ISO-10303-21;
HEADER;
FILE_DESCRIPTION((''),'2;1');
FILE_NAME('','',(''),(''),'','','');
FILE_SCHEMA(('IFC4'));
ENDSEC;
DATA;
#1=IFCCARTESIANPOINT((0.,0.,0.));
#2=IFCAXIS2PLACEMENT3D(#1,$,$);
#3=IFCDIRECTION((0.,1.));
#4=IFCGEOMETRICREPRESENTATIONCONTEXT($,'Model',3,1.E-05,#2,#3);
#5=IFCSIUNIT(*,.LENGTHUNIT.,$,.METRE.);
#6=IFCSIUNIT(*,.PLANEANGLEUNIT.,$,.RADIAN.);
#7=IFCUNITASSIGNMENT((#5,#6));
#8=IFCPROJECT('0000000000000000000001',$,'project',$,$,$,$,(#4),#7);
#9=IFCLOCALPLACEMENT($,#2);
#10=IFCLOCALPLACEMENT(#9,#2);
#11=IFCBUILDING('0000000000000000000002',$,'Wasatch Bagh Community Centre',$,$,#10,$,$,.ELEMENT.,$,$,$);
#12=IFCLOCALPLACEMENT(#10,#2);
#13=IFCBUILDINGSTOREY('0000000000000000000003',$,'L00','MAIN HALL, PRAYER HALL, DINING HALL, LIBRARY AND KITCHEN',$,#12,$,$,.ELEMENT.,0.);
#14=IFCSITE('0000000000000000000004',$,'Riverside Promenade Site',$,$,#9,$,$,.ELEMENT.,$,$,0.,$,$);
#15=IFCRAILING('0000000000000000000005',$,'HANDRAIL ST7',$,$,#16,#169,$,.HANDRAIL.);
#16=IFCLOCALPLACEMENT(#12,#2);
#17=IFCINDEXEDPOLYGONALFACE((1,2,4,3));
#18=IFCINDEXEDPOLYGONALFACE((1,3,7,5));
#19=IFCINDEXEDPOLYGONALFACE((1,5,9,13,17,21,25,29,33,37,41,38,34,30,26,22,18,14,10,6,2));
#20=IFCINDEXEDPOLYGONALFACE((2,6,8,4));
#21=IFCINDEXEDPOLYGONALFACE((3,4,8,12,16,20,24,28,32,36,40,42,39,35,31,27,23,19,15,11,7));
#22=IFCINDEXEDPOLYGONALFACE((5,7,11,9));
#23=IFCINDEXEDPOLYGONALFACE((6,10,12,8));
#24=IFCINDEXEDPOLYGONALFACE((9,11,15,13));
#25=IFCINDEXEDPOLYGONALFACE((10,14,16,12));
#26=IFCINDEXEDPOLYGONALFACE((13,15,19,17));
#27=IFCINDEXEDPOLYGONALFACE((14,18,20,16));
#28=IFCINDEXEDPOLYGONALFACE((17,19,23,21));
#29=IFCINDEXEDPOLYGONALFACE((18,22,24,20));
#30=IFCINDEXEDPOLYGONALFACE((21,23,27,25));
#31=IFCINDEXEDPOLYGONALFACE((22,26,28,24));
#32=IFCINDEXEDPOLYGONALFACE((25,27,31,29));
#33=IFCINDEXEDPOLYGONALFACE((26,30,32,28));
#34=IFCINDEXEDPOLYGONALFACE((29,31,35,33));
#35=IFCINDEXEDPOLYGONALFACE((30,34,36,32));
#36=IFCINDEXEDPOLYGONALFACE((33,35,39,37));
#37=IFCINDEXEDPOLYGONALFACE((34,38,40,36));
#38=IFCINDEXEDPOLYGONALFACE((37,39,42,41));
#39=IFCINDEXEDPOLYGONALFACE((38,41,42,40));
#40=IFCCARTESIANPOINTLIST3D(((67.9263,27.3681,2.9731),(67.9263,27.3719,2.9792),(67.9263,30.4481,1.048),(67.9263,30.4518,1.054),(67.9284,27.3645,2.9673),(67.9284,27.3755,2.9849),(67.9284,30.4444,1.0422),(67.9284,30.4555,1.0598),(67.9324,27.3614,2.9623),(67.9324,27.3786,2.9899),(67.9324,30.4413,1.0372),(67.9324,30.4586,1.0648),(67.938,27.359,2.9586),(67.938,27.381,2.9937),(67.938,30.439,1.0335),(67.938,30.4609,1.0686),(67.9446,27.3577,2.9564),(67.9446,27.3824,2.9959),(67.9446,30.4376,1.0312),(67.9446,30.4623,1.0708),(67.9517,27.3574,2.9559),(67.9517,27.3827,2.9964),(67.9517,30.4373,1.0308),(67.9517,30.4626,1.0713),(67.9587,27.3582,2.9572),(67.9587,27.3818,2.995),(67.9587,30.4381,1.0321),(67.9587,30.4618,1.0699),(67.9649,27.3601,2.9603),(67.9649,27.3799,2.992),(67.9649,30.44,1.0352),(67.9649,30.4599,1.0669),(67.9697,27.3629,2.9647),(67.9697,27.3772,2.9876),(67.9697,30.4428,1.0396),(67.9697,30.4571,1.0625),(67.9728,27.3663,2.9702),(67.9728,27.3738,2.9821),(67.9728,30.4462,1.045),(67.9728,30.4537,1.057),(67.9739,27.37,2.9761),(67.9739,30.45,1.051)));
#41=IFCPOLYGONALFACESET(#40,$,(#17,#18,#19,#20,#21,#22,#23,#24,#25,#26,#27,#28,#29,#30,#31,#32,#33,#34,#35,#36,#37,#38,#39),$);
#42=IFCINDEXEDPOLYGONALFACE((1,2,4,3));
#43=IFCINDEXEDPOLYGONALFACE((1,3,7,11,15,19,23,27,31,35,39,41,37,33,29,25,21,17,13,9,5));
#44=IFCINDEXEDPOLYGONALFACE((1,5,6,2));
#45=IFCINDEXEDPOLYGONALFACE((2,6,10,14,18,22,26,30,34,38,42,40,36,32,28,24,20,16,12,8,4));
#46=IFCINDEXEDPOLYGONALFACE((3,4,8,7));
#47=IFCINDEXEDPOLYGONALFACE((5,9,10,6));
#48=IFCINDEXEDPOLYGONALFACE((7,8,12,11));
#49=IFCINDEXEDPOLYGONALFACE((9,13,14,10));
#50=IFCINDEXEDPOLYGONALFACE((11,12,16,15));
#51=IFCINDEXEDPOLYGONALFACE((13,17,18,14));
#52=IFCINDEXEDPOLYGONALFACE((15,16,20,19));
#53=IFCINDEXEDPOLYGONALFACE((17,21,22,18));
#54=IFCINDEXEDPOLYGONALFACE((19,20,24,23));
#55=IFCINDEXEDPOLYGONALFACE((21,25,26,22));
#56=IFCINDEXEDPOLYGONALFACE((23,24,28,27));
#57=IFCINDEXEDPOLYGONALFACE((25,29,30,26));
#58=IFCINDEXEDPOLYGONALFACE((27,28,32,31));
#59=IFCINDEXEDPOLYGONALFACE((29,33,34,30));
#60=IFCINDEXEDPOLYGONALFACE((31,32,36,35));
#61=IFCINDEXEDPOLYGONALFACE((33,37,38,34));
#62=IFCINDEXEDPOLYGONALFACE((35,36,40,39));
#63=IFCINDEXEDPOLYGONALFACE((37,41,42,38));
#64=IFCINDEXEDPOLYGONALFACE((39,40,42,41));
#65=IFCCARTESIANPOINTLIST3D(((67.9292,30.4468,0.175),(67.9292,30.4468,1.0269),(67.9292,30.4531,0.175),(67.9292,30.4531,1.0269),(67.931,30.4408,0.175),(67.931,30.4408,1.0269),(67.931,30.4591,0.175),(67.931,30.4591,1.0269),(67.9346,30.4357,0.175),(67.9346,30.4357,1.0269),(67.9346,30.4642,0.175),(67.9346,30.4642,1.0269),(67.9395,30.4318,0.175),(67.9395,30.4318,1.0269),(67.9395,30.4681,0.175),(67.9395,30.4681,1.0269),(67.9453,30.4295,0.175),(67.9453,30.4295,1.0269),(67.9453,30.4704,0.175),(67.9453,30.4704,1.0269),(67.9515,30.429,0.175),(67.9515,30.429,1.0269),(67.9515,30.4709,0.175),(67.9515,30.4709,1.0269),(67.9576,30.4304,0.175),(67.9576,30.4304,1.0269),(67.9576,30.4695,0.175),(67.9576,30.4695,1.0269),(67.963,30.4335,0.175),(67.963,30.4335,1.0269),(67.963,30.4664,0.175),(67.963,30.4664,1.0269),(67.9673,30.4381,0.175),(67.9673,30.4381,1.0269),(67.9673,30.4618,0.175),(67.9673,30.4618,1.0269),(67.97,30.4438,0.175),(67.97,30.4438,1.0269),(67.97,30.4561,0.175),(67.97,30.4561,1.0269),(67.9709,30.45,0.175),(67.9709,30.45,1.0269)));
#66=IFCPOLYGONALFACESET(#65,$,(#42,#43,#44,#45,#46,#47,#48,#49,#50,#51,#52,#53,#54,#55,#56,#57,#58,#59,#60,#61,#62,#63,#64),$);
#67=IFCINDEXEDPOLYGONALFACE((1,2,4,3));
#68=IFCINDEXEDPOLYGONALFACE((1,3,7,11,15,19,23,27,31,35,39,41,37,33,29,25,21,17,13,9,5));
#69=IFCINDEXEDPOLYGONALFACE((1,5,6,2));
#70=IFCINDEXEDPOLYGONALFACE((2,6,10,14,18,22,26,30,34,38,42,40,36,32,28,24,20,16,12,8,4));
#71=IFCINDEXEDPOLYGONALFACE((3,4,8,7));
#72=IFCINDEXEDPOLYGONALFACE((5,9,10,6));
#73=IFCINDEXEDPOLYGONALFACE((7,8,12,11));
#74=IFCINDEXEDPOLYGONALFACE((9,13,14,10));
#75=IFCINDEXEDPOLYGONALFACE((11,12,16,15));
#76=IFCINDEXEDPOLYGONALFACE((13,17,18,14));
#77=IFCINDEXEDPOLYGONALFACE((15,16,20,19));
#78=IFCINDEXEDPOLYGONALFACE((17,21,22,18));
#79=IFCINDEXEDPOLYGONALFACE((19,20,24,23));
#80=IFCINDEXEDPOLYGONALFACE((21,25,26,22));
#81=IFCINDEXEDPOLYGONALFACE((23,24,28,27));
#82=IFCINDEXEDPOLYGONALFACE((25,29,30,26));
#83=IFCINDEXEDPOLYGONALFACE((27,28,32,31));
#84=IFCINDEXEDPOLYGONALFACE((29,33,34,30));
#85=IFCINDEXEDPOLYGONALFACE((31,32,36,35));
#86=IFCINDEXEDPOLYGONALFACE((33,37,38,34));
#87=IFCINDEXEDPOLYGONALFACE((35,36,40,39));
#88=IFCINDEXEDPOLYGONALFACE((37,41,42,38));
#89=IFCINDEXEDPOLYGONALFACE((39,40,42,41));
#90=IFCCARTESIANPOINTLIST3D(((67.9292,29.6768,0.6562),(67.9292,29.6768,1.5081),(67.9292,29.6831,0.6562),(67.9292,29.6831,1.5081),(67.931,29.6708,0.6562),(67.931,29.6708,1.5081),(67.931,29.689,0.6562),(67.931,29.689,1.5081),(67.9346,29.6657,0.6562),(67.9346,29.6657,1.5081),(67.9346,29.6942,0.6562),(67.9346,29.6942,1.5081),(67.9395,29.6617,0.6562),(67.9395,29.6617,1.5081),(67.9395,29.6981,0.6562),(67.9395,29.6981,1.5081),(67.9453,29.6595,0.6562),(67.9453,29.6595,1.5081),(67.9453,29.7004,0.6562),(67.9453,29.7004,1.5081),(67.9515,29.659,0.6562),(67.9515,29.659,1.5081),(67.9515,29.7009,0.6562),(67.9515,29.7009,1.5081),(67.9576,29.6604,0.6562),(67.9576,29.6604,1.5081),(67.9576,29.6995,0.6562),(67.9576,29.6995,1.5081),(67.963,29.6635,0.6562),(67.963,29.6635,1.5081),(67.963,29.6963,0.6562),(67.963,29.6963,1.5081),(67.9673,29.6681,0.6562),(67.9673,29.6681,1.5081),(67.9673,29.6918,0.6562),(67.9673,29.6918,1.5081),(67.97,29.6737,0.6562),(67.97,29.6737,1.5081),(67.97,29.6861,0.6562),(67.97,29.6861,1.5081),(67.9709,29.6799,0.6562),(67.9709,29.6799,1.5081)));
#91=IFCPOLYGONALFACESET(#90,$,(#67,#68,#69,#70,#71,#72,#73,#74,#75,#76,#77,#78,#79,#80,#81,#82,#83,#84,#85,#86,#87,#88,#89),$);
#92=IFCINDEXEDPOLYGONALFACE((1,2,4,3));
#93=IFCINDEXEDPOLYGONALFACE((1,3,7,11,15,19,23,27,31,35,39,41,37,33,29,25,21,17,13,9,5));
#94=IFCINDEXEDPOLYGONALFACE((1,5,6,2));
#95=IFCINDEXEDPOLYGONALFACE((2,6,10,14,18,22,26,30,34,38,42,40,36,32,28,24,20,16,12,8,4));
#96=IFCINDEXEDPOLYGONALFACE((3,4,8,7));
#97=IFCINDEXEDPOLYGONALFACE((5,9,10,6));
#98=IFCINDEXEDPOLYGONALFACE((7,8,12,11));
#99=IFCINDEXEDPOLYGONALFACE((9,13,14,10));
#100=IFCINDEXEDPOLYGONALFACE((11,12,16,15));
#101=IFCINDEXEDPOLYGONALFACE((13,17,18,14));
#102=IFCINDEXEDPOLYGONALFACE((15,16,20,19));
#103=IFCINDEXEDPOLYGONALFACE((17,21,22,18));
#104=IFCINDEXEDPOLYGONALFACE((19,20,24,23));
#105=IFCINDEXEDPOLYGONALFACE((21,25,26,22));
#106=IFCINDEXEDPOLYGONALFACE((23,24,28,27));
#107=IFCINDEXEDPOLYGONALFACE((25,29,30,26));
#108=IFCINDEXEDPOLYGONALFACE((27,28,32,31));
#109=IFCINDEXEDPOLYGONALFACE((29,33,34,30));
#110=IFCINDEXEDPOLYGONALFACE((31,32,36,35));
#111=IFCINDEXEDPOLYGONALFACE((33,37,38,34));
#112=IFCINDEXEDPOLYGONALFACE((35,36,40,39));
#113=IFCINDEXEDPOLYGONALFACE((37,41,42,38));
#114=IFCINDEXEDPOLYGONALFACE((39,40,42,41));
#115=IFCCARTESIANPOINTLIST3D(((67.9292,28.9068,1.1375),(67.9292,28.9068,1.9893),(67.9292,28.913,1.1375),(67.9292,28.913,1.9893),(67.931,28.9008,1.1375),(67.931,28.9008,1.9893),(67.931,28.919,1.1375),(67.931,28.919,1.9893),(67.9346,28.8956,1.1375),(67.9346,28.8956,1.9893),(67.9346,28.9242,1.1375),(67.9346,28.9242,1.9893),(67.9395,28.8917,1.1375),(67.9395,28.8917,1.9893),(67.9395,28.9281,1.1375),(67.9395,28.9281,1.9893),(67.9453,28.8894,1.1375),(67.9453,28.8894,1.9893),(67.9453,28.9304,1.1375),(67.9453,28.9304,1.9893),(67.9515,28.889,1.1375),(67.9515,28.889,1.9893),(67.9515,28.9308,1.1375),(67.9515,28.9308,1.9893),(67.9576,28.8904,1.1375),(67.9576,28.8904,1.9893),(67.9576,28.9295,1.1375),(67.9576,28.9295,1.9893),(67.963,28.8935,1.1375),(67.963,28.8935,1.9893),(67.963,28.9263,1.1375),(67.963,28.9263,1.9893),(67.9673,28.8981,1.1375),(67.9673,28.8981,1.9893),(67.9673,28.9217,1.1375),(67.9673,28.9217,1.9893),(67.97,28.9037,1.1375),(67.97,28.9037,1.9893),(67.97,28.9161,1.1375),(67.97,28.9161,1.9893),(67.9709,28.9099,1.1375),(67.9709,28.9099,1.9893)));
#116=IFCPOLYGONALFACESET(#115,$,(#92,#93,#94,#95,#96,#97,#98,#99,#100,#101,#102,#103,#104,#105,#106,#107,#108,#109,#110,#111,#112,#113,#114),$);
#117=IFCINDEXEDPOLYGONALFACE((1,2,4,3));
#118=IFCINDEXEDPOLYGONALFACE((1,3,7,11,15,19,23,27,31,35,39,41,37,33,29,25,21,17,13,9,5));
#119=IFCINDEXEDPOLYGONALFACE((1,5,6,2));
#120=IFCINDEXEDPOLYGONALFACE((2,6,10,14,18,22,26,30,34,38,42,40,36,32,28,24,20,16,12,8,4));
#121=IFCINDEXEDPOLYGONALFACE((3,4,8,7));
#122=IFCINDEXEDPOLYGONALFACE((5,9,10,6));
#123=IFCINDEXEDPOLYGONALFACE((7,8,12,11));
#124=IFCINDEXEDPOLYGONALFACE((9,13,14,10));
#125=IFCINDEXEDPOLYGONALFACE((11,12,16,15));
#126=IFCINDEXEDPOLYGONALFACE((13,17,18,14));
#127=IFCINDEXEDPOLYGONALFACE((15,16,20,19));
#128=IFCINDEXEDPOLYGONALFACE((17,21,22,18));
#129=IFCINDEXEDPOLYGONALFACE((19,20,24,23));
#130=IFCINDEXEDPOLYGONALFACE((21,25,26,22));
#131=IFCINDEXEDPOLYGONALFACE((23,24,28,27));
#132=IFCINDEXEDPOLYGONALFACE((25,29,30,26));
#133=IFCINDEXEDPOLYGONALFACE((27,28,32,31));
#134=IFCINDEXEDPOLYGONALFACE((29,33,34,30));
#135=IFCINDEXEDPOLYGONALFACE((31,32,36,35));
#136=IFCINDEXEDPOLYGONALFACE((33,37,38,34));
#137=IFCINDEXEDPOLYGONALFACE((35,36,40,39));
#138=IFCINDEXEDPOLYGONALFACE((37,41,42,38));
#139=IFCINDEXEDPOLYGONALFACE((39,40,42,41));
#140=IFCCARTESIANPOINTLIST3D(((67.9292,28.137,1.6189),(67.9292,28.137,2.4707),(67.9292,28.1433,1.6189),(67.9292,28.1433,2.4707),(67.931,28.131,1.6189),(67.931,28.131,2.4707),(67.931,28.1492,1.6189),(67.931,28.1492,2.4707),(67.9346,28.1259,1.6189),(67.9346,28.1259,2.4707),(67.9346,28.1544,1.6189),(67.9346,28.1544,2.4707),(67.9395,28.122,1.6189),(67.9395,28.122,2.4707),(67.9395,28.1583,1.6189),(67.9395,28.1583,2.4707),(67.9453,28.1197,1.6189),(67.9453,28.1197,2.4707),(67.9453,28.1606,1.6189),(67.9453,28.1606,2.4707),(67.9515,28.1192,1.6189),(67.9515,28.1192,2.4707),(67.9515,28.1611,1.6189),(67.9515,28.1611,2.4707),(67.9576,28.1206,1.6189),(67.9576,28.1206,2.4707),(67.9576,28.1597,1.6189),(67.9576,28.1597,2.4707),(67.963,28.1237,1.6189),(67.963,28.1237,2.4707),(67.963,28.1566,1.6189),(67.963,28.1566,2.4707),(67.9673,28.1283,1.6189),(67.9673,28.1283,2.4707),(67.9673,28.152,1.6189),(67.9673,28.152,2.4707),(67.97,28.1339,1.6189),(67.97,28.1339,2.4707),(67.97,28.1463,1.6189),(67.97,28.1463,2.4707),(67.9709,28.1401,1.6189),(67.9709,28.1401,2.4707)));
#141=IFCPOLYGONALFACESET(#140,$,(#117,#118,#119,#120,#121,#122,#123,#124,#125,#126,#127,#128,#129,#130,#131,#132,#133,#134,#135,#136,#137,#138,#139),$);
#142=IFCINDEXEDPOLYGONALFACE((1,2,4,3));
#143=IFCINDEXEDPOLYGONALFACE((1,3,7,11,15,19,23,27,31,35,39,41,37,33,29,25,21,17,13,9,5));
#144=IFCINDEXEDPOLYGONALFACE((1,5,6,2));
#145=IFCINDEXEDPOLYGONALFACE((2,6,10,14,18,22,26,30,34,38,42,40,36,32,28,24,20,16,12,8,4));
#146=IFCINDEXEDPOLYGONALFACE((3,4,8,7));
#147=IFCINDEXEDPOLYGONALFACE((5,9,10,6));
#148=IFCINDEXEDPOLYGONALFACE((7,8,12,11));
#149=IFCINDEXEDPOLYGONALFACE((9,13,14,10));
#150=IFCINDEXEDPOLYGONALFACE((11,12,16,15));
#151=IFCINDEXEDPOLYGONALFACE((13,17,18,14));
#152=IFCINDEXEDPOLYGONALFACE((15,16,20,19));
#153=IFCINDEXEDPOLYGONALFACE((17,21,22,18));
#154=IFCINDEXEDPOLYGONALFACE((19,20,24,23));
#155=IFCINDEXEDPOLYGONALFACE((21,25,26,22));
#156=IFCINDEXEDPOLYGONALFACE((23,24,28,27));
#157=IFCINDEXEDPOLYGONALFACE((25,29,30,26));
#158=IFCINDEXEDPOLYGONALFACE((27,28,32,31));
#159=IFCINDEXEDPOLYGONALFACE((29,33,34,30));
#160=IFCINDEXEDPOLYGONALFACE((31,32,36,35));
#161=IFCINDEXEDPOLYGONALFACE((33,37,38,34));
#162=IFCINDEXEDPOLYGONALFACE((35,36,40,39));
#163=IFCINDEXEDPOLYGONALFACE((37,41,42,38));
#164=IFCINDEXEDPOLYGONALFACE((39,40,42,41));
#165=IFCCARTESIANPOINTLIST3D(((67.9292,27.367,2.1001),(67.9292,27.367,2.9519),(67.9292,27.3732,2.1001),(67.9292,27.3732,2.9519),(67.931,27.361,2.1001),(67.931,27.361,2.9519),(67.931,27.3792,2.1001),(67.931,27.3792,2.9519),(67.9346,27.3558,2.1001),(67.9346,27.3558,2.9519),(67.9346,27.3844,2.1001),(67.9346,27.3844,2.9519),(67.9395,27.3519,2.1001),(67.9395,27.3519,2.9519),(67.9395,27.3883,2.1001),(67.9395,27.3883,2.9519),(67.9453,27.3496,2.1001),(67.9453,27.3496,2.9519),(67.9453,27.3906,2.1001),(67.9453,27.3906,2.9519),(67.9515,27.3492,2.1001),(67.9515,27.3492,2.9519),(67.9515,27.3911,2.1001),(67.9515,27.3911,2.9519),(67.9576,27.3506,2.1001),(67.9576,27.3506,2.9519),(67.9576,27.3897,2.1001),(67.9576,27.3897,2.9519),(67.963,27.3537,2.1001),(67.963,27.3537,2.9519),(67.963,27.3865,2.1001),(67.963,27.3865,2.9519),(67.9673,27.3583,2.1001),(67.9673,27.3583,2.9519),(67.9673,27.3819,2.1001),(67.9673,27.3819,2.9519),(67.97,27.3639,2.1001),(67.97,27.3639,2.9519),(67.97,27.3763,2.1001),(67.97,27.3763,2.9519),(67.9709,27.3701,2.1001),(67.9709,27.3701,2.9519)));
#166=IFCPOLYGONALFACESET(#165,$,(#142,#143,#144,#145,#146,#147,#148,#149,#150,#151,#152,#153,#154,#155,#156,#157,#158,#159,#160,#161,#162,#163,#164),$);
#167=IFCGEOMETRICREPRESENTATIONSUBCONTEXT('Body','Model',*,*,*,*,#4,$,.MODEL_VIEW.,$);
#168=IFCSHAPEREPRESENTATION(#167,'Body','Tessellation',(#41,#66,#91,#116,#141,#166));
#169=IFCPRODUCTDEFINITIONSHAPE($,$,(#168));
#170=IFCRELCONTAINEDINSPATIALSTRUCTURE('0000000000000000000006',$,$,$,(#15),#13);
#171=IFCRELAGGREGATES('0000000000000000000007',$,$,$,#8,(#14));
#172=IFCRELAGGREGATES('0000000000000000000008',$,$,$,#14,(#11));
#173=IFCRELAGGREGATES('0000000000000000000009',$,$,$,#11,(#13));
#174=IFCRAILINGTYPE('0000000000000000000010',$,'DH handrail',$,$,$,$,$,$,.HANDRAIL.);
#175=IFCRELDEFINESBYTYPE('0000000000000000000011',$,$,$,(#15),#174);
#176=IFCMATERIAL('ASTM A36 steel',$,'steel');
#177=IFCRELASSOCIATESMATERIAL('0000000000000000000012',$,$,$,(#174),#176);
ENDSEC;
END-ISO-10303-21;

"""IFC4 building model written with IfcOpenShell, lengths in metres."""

from ifc_helpers import new_model, si_unit, direction, frame, origin, origin_2d, place, context, subcontext, project, spatial, circle, extrude, material, type_object, element, save


model = new_model("IFC4")

# Units and contexts
model_context = context("Model", 3, precision=1e-05, world=origin(), true_north=direction((0.0, 1.0)))
body_context = subcontext(model_context, "Body", "Model", "MODEL_VIEW")
ifc_project = project(units=[si_unit("LENGTHUNIT", "METRE"), si_unit("PLANEANGLEUNIT", "RADIAN")], contexts=[model_context])

# Site, building, storey
site_placement = place(None, origin())
site = spatial("IfcSite", under=ifc_project, at=site_placement, Name="Riverside Promenade Site", CompositionType="ELEMENT", RefElevation=0.0)
building_placement = place(site_placement, origin())
building = spatial("IfcBuilding", under=site, at=building_placement, Name="Wasatch Bagh Community Centre", CompositionType="ELEMENT")
storey_placement = place(building_placement, origin())
storey = spatial("IfcBuildingStorey", under=building, at=storey_placement, Name="L00", Description="MAIN HALL, PRAYER HALL, DINING HALL, LIBRARY AND KITCHEN", CompositionType="ELEMENT", Elevation=0.0)

# Railing
ifc_material_1 = material(Name="ASTM A36 steel", Category="steel")
railing_type_1 = type_object("IfcRailingType", Name="DH handrail", PredefinedType="HANDRAIL", material=ifc_material_1)
for number, where, name in (
    (1, (67.95, 30.45, 0.175), "HANDRAIL ST7"),
):
    element("IfcRailing", number, at=place(storey_placement, frame(where)), inside=storey, type_object=railing_type_1, Name=name, PredefinedType="HANDRAIL", context=body_context, shape_type="SweptSolid", body=[
        extrude(circle(Radius=0.0239, at=origin_2d()), frame((0.0, 0.0, 0.876), z_axis=(0.0, -0.847979, 0.530029), x_axis=(1.0, 0.0, 0.0)), (0.0, 0.0, 1.0), 3.6321),
        extrude(circle(Radius=0.021, at=origin_2d()), origin(), (0.0, 0.0, 1.0), 0.8518),
        extrude(circle(Radius=0.021, at=origin_2d()), frame((0.0, -0.77, 0.4812)), (0.0, 0.0, 1.0), 0.8518),
        extrude(circle(Radius=0.021, at=origin_2d()), frame((0.0, -1.54, 0.9624)), (0.0, 0.0, 1.0), 0.8518),
        extrude(circle(Radius=0.021, at=origin_2d()), frame((0.0, -2.3098, 1.4438)), (0.0, 0.0, 1.0), 0.8518),
        extrude(circle(Radius=0.021, at=origin_2d()), frame((0.0, -3.0798, 1.925)), (0.0, 0.0, 1.0), 0.8518),
    ])

save(model, "model.ifc")
